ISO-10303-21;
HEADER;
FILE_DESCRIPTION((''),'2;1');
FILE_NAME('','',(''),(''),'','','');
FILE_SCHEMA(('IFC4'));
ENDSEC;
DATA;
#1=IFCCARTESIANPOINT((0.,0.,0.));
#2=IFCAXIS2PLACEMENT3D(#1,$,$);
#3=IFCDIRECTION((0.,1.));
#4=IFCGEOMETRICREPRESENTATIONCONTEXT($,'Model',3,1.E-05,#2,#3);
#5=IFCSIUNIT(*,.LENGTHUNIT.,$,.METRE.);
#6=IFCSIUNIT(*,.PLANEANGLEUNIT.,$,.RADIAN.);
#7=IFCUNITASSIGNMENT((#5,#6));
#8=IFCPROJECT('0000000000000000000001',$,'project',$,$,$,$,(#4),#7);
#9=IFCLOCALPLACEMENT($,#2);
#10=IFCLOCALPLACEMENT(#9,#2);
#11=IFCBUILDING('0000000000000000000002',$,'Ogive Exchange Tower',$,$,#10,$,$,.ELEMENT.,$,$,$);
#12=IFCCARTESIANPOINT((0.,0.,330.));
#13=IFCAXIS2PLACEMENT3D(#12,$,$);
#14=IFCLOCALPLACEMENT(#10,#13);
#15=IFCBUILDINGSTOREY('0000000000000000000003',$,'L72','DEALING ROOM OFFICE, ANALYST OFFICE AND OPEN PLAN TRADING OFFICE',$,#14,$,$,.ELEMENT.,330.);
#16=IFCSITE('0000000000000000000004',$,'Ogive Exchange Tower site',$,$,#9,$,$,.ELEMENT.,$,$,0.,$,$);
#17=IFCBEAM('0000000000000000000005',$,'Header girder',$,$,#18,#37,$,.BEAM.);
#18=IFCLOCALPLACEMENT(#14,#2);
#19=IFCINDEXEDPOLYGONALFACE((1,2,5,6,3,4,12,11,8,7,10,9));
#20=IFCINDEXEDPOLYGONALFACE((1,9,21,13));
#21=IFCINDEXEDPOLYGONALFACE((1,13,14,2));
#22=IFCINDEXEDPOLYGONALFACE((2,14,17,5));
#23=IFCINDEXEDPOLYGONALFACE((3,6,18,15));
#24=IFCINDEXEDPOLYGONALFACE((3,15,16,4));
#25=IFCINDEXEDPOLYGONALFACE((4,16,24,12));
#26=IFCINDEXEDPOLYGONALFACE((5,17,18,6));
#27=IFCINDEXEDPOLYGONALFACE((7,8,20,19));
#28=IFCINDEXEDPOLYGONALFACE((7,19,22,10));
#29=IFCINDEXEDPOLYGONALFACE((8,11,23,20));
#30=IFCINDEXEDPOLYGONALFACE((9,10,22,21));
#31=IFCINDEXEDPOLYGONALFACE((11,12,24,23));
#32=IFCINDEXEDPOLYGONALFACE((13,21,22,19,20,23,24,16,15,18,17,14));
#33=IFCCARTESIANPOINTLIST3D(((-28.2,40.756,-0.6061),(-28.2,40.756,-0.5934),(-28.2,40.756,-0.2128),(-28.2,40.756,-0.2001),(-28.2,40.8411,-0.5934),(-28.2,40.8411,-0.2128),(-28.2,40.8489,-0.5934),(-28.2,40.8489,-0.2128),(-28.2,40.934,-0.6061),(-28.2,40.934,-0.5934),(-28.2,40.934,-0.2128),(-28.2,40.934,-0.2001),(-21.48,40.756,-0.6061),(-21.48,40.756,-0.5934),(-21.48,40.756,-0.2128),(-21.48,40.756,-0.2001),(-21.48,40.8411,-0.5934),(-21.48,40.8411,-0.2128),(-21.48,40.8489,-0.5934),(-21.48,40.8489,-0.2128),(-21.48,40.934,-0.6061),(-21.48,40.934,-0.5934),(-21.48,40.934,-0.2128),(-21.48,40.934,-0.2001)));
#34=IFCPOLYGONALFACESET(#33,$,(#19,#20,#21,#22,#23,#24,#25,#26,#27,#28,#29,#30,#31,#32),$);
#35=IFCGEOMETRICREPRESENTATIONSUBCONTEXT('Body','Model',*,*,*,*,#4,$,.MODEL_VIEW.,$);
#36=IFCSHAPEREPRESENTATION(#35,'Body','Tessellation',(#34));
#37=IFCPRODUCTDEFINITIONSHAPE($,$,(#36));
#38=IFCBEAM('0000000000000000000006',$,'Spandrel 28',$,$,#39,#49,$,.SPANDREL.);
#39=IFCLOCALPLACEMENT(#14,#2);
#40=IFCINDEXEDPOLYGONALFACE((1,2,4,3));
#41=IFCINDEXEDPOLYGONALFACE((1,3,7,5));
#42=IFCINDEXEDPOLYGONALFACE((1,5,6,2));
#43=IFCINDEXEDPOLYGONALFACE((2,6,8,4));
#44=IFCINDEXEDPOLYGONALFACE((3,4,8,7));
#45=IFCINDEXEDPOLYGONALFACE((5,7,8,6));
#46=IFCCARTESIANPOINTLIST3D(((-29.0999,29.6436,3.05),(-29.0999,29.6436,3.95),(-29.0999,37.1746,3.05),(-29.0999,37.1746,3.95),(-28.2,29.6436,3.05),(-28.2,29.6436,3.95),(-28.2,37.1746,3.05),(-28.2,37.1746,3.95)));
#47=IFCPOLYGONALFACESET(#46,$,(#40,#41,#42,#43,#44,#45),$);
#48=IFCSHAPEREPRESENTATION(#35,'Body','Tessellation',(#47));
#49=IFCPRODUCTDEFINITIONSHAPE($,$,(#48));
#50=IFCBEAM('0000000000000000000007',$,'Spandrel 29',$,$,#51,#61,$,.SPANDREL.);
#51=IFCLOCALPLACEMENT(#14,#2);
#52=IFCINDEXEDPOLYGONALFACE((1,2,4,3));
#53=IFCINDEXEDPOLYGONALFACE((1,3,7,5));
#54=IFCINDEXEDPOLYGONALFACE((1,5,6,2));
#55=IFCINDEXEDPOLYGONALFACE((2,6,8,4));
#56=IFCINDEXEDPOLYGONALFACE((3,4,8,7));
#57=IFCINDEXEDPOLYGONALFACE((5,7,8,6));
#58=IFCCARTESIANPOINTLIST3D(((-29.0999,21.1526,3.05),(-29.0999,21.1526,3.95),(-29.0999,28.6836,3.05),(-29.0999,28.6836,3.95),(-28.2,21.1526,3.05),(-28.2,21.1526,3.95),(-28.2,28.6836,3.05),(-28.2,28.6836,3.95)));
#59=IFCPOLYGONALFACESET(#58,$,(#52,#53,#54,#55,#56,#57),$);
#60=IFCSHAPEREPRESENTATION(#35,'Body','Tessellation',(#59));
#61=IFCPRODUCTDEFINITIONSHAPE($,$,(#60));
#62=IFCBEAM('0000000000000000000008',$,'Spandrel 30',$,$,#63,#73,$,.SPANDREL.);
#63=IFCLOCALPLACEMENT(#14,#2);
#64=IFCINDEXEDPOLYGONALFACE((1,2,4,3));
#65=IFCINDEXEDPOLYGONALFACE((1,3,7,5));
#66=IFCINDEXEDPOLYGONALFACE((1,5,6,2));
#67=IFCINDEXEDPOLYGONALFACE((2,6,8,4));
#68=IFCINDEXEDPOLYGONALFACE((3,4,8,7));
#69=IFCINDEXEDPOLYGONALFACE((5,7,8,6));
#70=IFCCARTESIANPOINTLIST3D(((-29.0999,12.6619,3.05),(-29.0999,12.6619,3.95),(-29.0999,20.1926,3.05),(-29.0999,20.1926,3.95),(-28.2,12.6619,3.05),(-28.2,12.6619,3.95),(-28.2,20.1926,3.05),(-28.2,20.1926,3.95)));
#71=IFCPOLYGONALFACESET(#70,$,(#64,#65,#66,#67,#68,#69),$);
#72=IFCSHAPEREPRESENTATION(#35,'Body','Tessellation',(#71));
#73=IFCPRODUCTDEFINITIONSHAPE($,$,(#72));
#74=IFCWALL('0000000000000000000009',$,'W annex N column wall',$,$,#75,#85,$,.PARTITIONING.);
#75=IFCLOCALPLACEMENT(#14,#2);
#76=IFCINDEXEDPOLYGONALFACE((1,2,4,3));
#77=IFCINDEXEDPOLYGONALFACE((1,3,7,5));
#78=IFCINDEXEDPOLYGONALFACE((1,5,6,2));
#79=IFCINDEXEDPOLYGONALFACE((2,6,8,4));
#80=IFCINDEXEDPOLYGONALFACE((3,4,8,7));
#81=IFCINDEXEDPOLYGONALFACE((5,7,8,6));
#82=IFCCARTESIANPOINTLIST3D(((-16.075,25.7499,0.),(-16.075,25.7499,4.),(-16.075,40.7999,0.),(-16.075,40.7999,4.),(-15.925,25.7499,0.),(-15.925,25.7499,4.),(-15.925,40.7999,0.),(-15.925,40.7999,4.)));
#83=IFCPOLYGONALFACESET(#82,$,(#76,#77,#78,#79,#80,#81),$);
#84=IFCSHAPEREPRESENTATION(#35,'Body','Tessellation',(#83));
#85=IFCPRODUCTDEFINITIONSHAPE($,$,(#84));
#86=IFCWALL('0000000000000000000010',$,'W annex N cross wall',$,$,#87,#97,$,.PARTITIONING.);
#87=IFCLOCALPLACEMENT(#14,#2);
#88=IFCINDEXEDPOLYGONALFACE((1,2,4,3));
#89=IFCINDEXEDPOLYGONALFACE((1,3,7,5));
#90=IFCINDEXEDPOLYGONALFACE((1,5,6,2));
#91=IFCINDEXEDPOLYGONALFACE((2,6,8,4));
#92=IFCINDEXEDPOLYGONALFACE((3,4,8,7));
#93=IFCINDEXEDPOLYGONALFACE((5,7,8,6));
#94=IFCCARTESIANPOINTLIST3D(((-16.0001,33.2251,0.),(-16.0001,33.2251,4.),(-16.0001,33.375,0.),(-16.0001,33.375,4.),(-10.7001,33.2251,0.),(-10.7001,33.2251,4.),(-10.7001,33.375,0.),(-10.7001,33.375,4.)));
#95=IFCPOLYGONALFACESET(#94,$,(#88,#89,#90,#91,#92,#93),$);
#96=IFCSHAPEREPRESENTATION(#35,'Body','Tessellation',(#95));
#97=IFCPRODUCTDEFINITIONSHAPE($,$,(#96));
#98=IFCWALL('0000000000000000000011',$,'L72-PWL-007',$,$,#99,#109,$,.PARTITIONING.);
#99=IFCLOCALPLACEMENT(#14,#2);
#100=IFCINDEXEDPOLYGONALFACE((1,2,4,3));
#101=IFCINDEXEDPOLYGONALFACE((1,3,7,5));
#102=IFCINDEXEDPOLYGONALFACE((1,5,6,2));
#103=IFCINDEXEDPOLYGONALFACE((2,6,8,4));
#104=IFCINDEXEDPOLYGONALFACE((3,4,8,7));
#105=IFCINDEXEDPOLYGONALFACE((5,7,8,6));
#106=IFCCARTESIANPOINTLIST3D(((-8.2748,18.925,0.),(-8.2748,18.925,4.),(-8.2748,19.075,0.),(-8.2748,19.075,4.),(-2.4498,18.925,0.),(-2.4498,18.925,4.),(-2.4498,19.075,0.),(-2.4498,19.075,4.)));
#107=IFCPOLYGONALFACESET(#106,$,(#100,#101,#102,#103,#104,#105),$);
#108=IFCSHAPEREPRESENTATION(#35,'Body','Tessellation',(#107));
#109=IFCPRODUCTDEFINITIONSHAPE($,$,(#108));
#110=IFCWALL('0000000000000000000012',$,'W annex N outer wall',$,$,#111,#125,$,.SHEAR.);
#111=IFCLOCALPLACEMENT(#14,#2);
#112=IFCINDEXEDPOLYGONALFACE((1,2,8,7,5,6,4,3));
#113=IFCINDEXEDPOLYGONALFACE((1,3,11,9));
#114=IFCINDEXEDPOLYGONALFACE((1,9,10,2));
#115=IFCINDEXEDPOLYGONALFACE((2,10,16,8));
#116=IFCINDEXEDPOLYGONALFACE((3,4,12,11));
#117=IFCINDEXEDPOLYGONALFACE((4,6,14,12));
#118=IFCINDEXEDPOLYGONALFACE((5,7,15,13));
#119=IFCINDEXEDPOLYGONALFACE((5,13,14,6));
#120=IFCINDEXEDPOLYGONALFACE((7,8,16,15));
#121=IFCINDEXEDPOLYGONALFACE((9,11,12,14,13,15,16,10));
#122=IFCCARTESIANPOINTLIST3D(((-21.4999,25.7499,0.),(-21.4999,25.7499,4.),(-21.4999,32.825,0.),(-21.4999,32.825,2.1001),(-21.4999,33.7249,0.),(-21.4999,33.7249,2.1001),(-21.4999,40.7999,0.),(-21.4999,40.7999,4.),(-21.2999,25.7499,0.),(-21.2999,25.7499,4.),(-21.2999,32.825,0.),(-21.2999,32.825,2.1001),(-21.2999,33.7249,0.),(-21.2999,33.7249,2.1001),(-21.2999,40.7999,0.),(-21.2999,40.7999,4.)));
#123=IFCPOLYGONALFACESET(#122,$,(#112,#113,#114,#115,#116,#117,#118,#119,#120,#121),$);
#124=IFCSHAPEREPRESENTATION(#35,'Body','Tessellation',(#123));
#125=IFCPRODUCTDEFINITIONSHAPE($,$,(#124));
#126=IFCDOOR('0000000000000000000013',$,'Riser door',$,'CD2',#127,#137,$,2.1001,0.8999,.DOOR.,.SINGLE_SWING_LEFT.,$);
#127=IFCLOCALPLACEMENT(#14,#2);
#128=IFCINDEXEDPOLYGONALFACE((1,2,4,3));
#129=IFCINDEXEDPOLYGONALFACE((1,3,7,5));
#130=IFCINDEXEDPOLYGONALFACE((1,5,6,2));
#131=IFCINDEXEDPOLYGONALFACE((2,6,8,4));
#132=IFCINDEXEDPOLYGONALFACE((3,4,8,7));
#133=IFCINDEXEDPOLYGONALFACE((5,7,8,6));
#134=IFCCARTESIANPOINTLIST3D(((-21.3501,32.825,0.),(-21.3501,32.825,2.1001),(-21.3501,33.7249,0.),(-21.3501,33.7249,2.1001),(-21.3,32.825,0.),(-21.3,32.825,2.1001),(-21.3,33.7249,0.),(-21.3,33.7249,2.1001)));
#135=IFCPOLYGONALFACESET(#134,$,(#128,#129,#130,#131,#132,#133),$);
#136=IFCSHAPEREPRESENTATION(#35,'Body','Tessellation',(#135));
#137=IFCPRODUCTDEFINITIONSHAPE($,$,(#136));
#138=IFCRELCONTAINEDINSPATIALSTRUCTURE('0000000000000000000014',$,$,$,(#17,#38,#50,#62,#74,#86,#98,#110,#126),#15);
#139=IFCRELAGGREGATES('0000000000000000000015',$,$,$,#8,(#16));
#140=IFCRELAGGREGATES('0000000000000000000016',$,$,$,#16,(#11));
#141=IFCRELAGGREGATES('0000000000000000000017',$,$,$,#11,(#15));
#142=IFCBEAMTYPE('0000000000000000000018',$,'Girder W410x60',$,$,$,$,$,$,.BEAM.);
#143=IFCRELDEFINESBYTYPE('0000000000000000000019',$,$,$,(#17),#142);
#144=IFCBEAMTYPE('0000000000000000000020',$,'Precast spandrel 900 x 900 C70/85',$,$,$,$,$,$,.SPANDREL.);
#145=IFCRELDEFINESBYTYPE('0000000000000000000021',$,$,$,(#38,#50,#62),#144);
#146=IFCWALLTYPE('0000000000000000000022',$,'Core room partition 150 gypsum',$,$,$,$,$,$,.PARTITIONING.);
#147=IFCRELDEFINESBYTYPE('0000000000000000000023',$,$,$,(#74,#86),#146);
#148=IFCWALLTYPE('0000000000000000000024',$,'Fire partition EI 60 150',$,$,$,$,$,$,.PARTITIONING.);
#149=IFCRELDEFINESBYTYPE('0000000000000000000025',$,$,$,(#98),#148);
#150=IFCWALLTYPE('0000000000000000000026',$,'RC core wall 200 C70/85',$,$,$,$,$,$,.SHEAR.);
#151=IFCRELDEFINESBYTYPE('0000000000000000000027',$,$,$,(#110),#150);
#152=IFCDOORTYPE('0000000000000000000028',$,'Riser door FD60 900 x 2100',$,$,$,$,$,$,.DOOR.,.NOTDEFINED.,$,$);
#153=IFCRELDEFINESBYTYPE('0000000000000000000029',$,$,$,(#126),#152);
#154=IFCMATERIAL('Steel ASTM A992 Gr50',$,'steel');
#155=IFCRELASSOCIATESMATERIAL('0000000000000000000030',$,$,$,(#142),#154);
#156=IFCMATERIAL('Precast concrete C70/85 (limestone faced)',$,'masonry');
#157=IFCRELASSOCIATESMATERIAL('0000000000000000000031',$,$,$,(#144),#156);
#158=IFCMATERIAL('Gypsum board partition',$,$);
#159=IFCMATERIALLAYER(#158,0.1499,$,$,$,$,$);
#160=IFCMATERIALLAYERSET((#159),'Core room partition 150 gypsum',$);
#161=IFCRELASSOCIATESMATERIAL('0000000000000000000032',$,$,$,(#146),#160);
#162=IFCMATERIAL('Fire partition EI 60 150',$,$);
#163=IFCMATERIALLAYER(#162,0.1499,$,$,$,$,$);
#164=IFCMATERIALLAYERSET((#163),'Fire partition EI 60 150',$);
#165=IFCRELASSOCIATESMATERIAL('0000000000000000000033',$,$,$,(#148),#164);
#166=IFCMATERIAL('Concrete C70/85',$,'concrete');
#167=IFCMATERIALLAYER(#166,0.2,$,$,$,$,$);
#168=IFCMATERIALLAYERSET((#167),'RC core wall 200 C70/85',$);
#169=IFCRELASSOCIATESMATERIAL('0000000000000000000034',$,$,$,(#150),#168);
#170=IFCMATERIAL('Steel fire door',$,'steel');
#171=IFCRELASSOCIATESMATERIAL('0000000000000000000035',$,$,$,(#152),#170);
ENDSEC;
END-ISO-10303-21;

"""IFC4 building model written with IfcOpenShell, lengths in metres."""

from ifc_helpers import new_model, si_unit, direction, frame, frame_2d, origin, origin_2d, place, context, subcontext, project, spatial, rectangle, i_section, extrude, material, layer, layer_set, material_profile, profile_set, type_object, element, fill, save


model = new_model("IFC4")

# Units and contexts
model_context = context("Model", 3, precision=1e-05, world=origin(), true_north=direction((0.0, 1.0)))
body_context = subcontext(model_context, "Body", "Model", "MODEL_VIEW")
ifc_project = project(units=[si_unit("LENGTHUNIT", "METRE"), si_unit("PLANEANGLEUNIT", "RADIAN")], contexts=[model_context])

# Site, building, storey
site_placement = place(None, origin())
site = spatial("IfcSite", under=ifc_project, at=site_placement, Name="Ogive Exchange Tower site", CompositionType="ELEMENT", RefElevation=0.0)
building_placement = place(site_placement, origin())
building = spatial("IfcBuilding", under=site, at=building_placement, Name="Ogive Exchange Tower", CompositionType="ELEMENT")
storey_placement = place(building_placement, frame((0.0, 0.0, 330.0)))
storey = spatial("IfcBuildingStorey", under=building, at=storey_placement, Name="L72", Description="DEALING ROOM OFFICE, ANALYST OFFICE AND OPEN PLAN TRADING OFFICE", CompositionType="ELEMENT", Elevation=330.0)

# Shared definitions
ifc_material_1 = material(Name="Precast concrete C70/85 (limestone faced)", Category="masonry")

# Beams
ifc_material_2 = material(Name="Steel ASTM A992 Gr50", Category="steel")
ifc_material_profile_1 = material_profile(ifc_material_2, i_section(OverallWidth=0.178, OverallDepth=0.406, WebThickness=0.0078, FlangeThickness=0.0127, at=origin_2d()), Name="W410x60")
ifc_profile_set_1 = profile_set([ifc_material_profile_1], Name="Steel ASTM A992 Gr50")
beam_type_1 = type_object("IfcBeamType", Name="Girder W410x60", PredefinedType="BEAM", material=ifc_profile_set_1)
beam_1_placement = place(storey_placement, frame((-28.2, 40.845, -0.4031), z_axis=(1.0, 0.0, 0.0), x_axis=(0.0, 1.0, 0.0)))
element("IfcBeam", 1, at=beam_1_placement, inside=storey, type_object=beam_type_1, Name="Header girder", PredefinedType="BEAM", context=body_context, shape_type="SweptSolid", body=[
    extrude(i_section(OverallWidth=0.178, OverallDepth=0.406, WebThickness=0.0078, FlangeThickness=0.0127, at=origin_2d()), origin(), (0.0, 0.0, 1.0), 6.72),
])
ifc_material_profile_2 = material_profile(ifc_material_1, rectangle(XDim=0.8999, YDim=0.8999, at=origin_2d()), Name="900 x 900")
ifc_profile_set_2 = profile_set([ifc_material_profile_2], Name="Precast concrete C70/85 (limestone faced)")
beam_type_2 = type_object("IfcBeamType", Name="Precast spandrel 900 x 900 C70/85", PredefinedType="SPANDREL", material=ifc_profile_set_2)
for number, where, z_axis, x_axis, name in (
    (2, (-28.6499, 37.1746, 3.5), (0.0, -1.0, 0.0), (1.0, 0.0, 0.0), "Spandrel 28"),
    (3, (-28.6499, 28.6836, 3.5), (0.0, -1.0, 0.0), (1.0, 0.0, 0.0), "Spandrel 29"),
):
    element("IfcBeam", number, at=place(storey_placement, frame(where, z_axis=z_axis, x_axis=x_axis)), inside=storey, type_object=beam_type_2, Name=name, PredefinedType="SPANDREL", context=body_context, shape_type="SweptSolid", body=[
        extrude(rectangle(XDim=0.8999, YDim=0.8999, at=origin_2d()), origin(), (0.0, 0.0, 1.0), 7.531),
    ])
beam_2_placement = place(storey_placement, frame((-28.6499, 20.1926, 3.5), z_axis=(0.0, -1.0, 0.0), x_axis=(1.0, 0.0, 0.0)))
element("IfcBeam", 4, at=beam_2_placement, inside=storey, type_object=beam_type_2, Name="Spandrel 30", PredefinedType="SPANDREL", context=body_context, shape_type="SweptSolid", body=[
    extrude(rectangle(XDim=0.8999, YDim=0.8999, at=origin_2d()), origin(), (0.0, 0.0, 1.0), 7.5308),
])

# Walls
ifc_material_3 = material(Name="Gypsum board partition")
ifc_layer_1 = layer(ifc_material_3, 0.1499)
ifc_layer_set_1 = layer_set([ifc_layer_1], Name="Core room partition 150 gypsum")
wall_type_1 = type_object("IfcWallType", Name="Core room partition 150 gypsum", PredefinedType="PARTITIONING", material=ifc_layer_set_1)
wall_1_placement = place(storey_placement, frame((-16.0, 25.75, 0.0), z_axis=(0.0, 0.0, 1.0), x_axis=(0.0, 1.0, 0.0)))
element("IfcWall", 5, at=wall_1_placement, inside=storey, type_object=wall_type_1, Name="W annex N column wall", PredefinedType="PARTITIONING", context=body_context, shape_type="SweptSolid", body=[
    extrude(rectangle(XDim=15.05, YDim=0.1499, at=frame_2d((7.5249, 0.0))), origin(), (0.0, 0.0, 1.0), 4.0),
])
wall_2_placement = place(storey_placement, frame((-16.0, 33.3, 0.0), z_axis=(0.0, 0.0, 1.0), x_axis=(1.0, 0.0, 0.0)))
element("IfcWall", 6, at=wall_2_placement, inside=storey, type_object=wall_type_1, Name="W annex N cross wall", PredefinedType="PARTITIONING", context=body_context, shape_type="SweptSolid", body=[
    extrude(rectangle(XDim=5.3, YDim=0.1499, at=frame_2d((2.6499, 0.0))), origin(), (0.0, 0.0, 1.0), 4.0),
])
ifc_material_4 = material(Name="Fire partition EI 60 150")
ifc_layer_2 = layer(ifc_material_4, 0.1499)
ifc_layer_set_2 = layer_set([ifc_layer_2], Name="Fire partition EI 60 150")
wall_type_2 = type_object("IfcWallType", Name="Fire partition EI 60 150", PredefinedType="PARTITIONING", material=ifc_layer_set_2)
wall_3_placement = place(storey_placement, frame((-8.2749, 19.0, 0.0), z_axis=(0.0, 0.0, 1.0), x_axis=(1.0, 0.0, 0.0)))
element("IfcWall", 7, at=wall_3_placement, inside=storey, type_object=wall_type_2, Name="L72-PWL-007", PredefinedType="PARTITIONING", context=body_context, shape_type="SweptSolid", body=[
    extrude(rectangle(XDim=5.825, YDim=0.1499, at=frame_2d((2.9126, 0.0))), origin(), (0.0, 0.0, 1.0), 4.0),
])

# Wall, opening, door
ifc_material_5 = material(Name="Concrete C70/85", Category="concrete")
ifc_layer_3 = layer(ifc_material_5, 0.2)
ifc_layer_set_3 = layer_set([ifc_layer_3], Name="RC core wall 200 C70/85")
wall_type_3 = type_object("IfcWallType", Name="RC core wall 200 C70/85", PredefinedType="SHEAR", material=ifc_layer_set_3)
wall_4_placement = place(storey_placement, frame((-21.3999, 25.75, 0.0), z_axis=(0.0, 0.0, 1.0), x_axis=(0.0, 1.0, 0.0)))
wall_4 = element("IfcWall", 8, at=wall_4_placement, inside=storey, type_object=wall_type_3, Name="W annex N outer wall", PredefinedType="SHEAR", context=body_context, shape_type="SweptSolid", body=[
    extrude(rectangle(XDim=15.05, YDim=0.2, at=frame_2d((7.5249, 0.0))), origin(), (0.0, 0.0, 1.0), 4.0),
])
opening_1_placement = place(wall_4_placement, frame((7.075, 0.0, 0.0)))
opening_1 = element("IfcOpeningElement", 9, at=opening_1_placement, cuts=wall_4, PredefinedType="OPENING", context=body_context, shape_type="SweptSolid", body=[
    extrude(rectangle(XDim=0.8999, YDim=2.1001, at=frame_2d((0.45, 1.05))), frame((0.0, 0.1099, 0.0), z_axis=(0.0, -1.0, 0.0), x_axis=(1.0, 0.0, 0.0)), (0.0, 0.0, 1.0), 0.22),
])
ifc_material_6 = material(Name="Steel fire door", Category="steel")
door_type_1 = type_object("IfcDoorType", Name="Riser door FD60 900 x 2100", OperationType="NOTDEFINED", PredefinedType="DOOR", material=ifc_material_6)
door_1_placement = place(opening_1_placement, origin())
door_1 = element("IfcDoor", 10, at=door_1_placement, inside=storey, type_object=door_type_1, Name="Riser door", ObjectType="CD2", OperationType="SINGLE_SWING_LEFT", OverallHeight=2.1001, OverallWidth=0.8999, PredefinedType="DOOR", context=body_context, shape_type="SweptSolid", body=[
    extrude(rectangle(XDim=0.8999, YDim=2.1001, at=frame_2d((0.45, 1.05))), frame((0.0, -0.0498, 0.0), z_axis=(0.0, -1.0, 0.0), x_axis=(1.0, 0.0, 0.0)), (0.0, 0.0, 1.0), 0.05),
])
fill(opening_1, door_1)

save(model, "model.ifc")
